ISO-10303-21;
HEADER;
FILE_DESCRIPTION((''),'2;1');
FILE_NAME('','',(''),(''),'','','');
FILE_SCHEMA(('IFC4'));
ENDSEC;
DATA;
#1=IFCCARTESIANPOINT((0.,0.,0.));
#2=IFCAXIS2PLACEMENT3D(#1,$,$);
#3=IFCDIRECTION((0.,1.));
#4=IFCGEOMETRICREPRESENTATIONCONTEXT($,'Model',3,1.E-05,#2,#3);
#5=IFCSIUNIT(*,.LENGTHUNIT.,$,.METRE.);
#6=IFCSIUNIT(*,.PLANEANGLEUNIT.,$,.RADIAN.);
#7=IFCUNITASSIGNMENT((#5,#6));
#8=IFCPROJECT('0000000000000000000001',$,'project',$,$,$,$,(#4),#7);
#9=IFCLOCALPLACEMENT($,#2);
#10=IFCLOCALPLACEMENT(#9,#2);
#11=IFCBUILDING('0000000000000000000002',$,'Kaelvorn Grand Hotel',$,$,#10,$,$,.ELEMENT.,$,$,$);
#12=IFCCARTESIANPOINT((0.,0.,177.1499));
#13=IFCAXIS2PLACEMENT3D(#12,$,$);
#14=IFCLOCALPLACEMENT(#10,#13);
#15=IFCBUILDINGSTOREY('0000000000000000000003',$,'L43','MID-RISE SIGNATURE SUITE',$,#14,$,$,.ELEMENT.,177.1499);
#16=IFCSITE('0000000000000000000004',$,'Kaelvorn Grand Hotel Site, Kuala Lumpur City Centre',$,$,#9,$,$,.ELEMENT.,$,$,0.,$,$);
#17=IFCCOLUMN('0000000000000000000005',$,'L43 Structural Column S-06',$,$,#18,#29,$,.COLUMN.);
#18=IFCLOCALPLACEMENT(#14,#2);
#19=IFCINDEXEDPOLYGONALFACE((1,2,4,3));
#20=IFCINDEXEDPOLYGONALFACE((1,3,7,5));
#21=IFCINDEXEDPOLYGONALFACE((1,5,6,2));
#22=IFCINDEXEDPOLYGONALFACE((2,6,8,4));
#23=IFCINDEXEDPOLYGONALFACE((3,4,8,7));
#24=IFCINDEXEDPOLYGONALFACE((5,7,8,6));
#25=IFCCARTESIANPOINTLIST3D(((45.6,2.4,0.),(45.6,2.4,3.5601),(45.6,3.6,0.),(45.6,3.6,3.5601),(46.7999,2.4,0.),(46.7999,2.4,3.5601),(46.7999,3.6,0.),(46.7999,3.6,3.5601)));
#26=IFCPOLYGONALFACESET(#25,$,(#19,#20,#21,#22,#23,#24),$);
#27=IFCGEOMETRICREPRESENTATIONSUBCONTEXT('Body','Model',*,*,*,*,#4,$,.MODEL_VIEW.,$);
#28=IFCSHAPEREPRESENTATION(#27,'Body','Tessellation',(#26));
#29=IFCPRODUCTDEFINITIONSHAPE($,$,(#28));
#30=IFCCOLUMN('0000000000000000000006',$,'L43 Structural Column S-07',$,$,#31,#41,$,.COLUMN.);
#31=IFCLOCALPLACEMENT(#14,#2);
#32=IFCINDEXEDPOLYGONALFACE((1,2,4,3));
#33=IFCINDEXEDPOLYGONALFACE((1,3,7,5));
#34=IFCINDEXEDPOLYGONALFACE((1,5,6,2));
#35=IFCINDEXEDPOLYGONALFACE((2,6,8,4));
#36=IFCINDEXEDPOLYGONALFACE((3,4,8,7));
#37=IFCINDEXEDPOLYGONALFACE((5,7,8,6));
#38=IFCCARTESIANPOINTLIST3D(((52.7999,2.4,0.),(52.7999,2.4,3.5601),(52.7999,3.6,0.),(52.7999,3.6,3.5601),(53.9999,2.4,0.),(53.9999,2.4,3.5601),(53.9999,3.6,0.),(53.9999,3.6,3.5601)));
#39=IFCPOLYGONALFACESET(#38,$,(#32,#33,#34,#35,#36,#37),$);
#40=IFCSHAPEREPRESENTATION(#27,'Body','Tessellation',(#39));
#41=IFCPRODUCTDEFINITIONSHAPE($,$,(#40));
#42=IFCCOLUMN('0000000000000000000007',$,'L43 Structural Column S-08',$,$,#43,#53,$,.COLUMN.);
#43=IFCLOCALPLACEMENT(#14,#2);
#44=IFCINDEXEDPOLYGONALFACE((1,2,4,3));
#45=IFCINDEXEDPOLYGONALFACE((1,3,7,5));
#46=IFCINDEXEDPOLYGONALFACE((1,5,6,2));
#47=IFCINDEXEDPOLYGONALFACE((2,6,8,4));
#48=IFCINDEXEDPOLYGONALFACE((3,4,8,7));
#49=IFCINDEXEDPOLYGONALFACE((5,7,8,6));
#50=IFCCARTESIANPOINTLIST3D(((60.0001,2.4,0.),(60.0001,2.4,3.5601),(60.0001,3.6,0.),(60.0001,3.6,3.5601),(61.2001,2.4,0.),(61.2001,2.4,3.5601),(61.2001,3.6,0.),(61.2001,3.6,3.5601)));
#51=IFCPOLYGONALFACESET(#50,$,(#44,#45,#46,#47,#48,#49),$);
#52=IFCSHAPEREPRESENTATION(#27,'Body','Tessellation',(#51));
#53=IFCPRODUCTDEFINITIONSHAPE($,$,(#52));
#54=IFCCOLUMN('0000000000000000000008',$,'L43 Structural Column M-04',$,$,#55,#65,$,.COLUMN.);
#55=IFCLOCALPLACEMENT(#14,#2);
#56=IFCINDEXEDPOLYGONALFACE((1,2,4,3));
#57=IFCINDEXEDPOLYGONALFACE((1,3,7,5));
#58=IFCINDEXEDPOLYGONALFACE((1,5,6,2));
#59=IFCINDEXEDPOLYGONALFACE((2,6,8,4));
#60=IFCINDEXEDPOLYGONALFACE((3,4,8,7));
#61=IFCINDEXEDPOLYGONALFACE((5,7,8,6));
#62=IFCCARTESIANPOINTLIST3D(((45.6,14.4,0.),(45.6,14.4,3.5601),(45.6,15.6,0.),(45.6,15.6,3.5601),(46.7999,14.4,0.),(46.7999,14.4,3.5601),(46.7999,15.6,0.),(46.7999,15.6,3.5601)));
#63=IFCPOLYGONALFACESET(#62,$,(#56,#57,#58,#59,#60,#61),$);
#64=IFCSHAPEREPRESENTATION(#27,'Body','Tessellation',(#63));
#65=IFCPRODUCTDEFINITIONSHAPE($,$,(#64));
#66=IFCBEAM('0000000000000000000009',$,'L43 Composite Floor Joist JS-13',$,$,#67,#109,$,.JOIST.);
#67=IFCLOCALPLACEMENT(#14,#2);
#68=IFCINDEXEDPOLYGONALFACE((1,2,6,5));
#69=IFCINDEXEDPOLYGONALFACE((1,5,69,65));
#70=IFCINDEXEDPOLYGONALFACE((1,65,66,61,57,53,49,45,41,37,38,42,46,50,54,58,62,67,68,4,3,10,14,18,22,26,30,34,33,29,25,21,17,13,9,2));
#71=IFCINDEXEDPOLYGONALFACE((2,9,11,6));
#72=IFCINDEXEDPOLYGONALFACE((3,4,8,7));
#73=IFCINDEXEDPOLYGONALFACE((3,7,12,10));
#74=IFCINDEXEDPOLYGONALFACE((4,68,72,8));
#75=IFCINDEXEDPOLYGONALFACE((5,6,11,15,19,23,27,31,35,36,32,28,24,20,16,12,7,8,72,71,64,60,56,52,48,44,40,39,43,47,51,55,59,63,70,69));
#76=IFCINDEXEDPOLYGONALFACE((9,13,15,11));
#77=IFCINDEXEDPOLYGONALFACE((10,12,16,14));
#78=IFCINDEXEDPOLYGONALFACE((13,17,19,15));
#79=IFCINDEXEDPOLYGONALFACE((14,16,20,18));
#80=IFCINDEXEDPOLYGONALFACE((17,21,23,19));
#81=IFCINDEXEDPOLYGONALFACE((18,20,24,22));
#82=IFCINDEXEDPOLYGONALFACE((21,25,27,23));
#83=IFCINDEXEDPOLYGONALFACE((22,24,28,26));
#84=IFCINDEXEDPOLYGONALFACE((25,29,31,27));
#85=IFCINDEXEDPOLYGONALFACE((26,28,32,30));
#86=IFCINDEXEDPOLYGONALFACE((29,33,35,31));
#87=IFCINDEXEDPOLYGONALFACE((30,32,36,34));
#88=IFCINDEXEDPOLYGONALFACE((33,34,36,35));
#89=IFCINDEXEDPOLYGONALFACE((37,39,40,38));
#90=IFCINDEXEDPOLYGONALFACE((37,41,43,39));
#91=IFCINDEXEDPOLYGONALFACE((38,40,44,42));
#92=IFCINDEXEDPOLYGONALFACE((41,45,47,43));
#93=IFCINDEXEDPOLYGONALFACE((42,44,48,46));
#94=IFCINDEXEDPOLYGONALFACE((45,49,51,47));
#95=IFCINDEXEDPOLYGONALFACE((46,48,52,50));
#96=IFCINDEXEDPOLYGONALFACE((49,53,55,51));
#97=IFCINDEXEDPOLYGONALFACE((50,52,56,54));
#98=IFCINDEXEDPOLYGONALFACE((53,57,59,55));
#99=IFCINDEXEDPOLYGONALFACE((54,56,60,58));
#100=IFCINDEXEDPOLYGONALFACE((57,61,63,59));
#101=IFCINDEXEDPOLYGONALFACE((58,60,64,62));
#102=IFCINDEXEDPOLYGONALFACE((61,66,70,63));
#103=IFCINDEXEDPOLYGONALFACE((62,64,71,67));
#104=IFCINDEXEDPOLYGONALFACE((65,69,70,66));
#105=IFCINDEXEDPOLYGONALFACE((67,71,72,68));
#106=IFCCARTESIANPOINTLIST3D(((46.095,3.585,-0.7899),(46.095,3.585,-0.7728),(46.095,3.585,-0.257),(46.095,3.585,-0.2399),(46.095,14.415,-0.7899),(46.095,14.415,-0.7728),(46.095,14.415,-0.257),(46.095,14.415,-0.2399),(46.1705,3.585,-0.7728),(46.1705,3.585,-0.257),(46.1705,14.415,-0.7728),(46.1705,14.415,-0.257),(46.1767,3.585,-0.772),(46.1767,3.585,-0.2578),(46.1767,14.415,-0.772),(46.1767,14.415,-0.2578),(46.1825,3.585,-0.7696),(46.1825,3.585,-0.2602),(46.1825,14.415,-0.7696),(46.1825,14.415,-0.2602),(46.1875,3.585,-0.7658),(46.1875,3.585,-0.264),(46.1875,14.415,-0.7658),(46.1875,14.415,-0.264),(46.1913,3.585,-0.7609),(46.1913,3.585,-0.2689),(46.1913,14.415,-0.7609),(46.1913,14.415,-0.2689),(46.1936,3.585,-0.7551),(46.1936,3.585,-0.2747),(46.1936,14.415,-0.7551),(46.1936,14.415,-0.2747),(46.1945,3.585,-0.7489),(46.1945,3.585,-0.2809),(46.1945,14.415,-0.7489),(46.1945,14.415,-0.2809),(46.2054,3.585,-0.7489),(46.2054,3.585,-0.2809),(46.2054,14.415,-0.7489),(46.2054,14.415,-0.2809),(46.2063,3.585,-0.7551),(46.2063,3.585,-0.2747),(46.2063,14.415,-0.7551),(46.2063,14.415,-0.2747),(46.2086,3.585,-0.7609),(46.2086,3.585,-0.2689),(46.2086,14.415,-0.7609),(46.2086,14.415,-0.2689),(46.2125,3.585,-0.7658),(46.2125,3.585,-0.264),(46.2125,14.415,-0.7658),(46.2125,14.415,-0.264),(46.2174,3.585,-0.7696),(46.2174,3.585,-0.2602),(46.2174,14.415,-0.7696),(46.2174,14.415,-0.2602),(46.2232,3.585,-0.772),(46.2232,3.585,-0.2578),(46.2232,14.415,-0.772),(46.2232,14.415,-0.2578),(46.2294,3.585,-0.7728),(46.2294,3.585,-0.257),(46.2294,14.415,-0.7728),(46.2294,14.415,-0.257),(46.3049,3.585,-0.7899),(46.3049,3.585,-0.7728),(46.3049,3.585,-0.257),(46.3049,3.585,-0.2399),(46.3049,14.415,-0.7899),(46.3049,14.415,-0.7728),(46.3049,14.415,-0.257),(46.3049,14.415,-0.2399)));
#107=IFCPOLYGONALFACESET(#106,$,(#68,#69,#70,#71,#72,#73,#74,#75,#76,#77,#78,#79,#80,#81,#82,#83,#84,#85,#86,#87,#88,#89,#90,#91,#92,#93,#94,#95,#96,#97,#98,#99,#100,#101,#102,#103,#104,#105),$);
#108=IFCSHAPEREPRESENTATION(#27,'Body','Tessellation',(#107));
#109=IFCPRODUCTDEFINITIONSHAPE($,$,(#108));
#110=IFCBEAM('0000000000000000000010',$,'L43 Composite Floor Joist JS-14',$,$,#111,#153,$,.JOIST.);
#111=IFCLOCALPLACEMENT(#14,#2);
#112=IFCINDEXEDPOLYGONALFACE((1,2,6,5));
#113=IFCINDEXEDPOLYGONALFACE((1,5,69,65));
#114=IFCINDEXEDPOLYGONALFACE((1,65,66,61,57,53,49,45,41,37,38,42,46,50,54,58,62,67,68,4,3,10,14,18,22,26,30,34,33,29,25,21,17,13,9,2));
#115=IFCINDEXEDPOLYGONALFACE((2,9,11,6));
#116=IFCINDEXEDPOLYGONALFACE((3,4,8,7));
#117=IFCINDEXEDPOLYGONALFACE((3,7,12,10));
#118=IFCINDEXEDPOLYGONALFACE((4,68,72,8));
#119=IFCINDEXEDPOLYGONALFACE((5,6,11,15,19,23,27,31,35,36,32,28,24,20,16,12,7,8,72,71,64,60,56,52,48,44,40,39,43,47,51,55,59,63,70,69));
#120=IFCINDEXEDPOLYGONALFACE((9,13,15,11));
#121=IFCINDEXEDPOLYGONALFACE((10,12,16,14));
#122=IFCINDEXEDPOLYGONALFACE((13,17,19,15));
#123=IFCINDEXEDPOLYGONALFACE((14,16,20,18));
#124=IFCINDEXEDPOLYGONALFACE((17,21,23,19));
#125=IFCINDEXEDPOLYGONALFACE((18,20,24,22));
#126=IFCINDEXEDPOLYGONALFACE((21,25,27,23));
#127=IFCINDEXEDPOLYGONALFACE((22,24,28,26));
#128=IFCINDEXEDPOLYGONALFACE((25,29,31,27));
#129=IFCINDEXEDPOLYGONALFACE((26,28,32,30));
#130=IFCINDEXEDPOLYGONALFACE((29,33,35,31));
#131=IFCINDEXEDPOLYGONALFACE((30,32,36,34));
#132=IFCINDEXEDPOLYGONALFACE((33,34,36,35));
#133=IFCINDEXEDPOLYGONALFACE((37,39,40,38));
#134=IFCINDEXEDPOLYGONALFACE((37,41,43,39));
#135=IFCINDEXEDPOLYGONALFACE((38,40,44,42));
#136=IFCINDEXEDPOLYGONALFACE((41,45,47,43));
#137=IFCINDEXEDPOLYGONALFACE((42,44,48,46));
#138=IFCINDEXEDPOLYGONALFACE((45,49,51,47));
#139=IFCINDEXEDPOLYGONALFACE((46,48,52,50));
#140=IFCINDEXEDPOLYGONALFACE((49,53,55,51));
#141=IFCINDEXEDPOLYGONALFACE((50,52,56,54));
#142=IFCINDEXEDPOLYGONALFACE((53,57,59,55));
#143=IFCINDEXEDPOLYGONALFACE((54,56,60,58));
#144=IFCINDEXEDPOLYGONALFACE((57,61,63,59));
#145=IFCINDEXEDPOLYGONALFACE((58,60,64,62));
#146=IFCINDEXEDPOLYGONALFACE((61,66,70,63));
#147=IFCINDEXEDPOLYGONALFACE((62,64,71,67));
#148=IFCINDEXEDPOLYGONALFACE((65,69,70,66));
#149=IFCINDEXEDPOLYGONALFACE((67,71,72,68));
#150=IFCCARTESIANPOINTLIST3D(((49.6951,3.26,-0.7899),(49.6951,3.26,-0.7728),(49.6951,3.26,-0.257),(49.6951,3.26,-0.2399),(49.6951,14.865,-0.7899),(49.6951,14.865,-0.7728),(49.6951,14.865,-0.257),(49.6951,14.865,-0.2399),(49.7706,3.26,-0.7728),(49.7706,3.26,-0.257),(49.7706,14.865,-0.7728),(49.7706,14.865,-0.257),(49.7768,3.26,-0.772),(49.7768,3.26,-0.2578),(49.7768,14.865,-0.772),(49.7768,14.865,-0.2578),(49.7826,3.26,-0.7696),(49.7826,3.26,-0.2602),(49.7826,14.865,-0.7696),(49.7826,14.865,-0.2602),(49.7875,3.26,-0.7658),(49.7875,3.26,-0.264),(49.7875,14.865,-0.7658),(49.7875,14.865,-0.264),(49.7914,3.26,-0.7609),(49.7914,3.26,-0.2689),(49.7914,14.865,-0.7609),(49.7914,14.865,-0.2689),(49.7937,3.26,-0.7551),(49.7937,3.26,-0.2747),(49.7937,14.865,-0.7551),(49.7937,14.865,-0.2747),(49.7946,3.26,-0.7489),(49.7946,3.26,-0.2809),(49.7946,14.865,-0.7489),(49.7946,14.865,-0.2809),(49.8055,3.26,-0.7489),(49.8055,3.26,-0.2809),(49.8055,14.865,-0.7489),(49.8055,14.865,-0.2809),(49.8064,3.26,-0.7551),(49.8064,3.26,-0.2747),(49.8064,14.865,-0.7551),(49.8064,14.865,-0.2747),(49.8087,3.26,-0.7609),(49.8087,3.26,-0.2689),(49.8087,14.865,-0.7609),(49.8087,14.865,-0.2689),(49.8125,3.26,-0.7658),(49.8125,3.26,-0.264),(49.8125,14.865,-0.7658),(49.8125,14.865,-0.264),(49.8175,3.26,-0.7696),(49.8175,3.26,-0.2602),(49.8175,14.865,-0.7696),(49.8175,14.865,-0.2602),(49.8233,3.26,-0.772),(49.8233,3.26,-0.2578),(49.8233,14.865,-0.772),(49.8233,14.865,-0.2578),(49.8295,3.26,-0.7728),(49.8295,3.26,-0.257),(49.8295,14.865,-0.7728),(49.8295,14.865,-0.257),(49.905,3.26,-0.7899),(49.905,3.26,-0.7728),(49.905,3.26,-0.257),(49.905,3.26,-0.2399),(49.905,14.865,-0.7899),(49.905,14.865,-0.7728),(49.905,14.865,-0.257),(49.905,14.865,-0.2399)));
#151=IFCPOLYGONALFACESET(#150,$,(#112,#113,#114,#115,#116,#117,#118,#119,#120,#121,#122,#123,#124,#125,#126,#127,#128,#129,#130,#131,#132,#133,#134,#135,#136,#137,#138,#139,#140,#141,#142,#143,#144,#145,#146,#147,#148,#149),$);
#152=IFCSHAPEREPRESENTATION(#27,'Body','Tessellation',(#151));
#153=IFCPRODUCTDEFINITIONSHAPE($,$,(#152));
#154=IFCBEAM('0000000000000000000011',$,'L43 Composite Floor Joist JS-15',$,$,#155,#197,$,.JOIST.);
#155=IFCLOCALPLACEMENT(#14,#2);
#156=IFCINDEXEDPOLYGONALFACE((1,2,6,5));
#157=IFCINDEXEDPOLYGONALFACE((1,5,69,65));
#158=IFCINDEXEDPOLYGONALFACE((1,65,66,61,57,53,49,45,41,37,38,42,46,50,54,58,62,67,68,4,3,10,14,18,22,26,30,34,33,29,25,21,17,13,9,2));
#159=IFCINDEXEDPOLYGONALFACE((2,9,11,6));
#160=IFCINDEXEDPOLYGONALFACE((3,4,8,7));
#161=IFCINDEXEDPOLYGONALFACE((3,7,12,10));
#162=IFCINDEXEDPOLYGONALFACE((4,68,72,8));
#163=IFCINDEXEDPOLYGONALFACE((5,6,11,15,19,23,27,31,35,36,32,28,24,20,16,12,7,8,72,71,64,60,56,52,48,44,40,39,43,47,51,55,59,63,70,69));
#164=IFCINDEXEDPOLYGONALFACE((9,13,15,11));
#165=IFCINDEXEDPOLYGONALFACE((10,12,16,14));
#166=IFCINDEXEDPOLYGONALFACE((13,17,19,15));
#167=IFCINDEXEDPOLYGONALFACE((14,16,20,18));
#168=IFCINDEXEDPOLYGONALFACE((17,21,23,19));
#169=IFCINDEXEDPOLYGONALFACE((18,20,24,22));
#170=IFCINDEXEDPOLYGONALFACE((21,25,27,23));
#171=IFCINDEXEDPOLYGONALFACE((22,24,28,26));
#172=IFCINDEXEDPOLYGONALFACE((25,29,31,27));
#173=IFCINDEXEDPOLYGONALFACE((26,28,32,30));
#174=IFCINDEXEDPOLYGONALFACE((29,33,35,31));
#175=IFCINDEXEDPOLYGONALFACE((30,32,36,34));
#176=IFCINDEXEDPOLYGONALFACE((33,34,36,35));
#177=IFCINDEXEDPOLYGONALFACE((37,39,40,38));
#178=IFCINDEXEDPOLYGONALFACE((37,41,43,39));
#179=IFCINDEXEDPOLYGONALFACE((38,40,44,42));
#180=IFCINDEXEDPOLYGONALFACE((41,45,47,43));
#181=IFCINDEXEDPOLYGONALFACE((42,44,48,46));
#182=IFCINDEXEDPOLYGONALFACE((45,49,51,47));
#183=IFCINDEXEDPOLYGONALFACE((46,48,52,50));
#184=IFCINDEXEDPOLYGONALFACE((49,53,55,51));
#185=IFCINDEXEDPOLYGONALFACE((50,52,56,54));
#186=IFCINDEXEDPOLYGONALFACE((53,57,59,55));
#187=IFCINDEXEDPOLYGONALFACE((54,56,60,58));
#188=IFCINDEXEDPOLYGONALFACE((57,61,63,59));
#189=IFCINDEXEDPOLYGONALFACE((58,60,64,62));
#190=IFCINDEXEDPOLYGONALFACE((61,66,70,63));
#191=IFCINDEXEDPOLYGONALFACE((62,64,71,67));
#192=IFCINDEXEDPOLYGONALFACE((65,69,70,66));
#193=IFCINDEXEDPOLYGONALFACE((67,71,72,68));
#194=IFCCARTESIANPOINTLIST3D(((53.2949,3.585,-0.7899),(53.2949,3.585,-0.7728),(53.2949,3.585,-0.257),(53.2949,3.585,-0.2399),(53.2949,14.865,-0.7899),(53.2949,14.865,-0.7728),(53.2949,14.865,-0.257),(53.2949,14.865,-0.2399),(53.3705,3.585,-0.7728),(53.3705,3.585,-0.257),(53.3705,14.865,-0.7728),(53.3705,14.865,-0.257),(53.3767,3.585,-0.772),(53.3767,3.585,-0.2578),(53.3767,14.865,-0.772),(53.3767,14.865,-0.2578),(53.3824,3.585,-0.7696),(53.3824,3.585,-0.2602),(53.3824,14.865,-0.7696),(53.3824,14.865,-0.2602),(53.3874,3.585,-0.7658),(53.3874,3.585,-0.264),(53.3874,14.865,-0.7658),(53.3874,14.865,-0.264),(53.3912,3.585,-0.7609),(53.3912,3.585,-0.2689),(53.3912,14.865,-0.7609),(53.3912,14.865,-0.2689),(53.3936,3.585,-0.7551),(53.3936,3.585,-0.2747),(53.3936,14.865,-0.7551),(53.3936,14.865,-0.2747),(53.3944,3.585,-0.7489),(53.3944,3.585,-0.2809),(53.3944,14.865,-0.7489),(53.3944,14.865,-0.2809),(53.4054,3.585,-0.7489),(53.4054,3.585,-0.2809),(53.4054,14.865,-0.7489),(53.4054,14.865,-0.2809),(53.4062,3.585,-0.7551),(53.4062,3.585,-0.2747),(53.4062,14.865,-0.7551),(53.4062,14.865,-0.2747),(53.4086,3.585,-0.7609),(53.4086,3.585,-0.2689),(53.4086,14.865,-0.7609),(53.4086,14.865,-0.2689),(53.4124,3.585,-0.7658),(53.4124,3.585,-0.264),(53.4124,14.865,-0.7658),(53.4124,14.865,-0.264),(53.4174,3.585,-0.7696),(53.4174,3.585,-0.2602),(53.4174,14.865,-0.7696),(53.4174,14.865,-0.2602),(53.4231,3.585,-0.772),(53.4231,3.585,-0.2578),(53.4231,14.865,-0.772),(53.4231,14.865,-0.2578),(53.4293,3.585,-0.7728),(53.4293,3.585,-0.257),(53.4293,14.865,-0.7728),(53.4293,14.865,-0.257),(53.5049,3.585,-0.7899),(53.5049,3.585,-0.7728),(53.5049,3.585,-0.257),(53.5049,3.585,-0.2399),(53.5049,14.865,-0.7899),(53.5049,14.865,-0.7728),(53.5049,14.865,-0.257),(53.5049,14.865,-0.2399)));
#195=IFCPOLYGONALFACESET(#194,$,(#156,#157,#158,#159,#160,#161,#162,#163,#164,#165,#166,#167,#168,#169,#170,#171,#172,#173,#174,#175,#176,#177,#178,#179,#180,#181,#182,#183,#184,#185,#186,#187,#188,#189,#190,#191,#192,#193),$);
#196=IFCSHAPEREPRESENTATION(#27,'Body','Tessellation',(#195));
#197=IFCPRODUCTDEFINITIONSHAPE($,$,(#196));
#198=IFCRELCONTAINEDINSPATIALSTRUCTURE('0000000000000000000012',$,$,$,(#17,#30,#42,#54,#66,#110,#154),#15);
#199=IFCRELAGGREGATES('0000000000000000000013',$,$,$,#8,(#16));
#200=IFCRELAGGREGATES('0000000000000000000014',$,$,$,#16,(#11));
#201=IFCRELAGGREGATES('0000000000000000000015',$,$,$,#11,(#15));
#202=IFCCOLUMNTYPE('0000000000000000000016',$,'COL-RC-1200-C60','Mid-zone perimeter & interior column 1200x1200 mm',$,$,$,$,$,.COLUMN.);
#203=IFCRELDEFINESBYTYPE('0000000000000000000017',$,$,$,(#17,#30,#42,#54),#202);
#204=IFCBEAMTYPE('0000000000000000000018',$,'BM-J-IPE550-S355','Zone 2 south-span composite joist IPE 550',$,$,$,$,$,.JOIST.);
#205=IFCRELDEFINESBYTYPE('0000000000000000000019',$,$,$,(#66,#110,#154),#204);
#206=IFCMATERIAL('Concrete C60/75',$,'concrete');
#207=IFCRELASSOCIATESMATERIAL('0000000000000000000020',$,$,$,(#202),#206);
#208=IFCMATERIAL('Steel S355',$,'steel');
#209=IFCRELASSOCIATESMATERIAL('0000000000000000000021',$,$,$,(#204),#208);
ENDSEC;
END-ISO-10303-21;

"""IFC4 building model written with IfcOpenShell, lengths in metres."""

from ifc_helpers import new_model, si_unit, direction, frame, origin, origin_2d, place, context, subcontext, project, spatial, rectangle, i_section, extrude, material, material_profile, profile_set, type_object, element, save


model = new_model("IFC4")

# Units and contexts
model_context = context("Model", 3, precision=1e-05, world=origin(), true_north=direction((0.0, 1.0)))
body_context = subcontext(model_context, "Body", "Model", "MODEL_VIEW")
ifc_project = project(units=[si_unit("LENGTHUNIT", "METRE"), si_unit("PLANEANGLEUNIT", "RADIAN")], contexts=[model_context])

# Site, building, storey
site_placement = place(None, origin())
site = spatial("IfcSite", under=ifc_project, at=site_placement, Name="Kaelvorn Grand Hotel Site, Kuala Lumpur City Centre", CompositionType="ELEMENT", RefElevation=0.0)
building_placement = place(site_placement, origin())
building = spatial("IfcBuilding", under=site, at=building_placement, Name="Kaelvorn Grand Hotel", CompositionType="ELEMENT")
storey_placement = place(building_placement, frame((0.0, 0.0, 177.1499)))
storey = spatial("IfcBuildingStorey", under=building, at=storey_placement, Name="L43", Description="MID-RISE SIGNATURE SUITE", CompositionType="ELEMENT", Elevation=177.1499)

# Columns
ifc_material_1 = material(Name="Concrete C60/75", Category="concrete")
ifc_material_profile_1 = material_profile(ifc_material_1, rectangle(XDim=1.2, YDim=1.2, at=origin_2d()), Name="RC COL 1200x1200")
ifc_profile_set_1 = profile_set([ifc_material_profile_1], Name="Concrete C60/75")
column_type = type_object("IfcColumnType", Name="COL-RC-1200-C60", Description="Mid-zone perimeter & interior column 1200x1200 mm", PredefinedType="COLUMN", material=ifc_profile_set_1)
for number, where, z_axis, x_axis, name in (
    (1, (46.2, 3.0, 0.0), (0.0, 0.0, 1.0), (1.0, 0.0, 0.0), "L43 Structural Column S-06"),
    (2, (53.3999, 3.0, 0.0), (0.0, 0.0, 1.0), (1.0, 0.0, 0.0), "L43 Structural Column S-07"),
    (3, (60.6001, 3.0, 0.0), (0.0, 0.0, 1.0), (1.0, 0.0, 0.0), "L43 Structural Column S-08"),
    (4, (46.2, 15.0, 0.0), (0.0, 0.0, 1.0), (1.0, 0.0, 0.0), "L43 Structural Column M-04"),
):
    element("IfcColumn", number, at=place(storey_placement, frame(where, z_axis=z_axis, x_axis=x_axis)), inside=storey, type_object=column_type, Name=name, PredefinedType="COLUMN", context=body_context, shape_type="SweptSolid", body=[
        extrude(rectangle(XDim=1.2, YDim=1.2, at=origin_2d()), origin(), (0.0, 0.0, 1.0), 3.5601),
    ])

# Beams
ifc_material_2 = material(Name="Steel S355", Category="steel")
ifc_material_profile_2 = material_profile(ifc_material_2, i_section(OverallWidth=0.21, OverallDepth=0.55, WebThickness=0.011, FlangeThickness=0.0171, FilletRadius=0.0239, at=origin_2d()), Name="IPE 550")
ifc_profile_set_2 = profile_set([ifc_material_profile_2], Name="Steel S355")
beam_type_1 = type_object("IfcBeamType", Name="BM-J-IPE550-S355", Description="Zone 2 south-span composite joist IPE 550", PredefinedType="JOIST", material=ifc_profile_set_2)
beam_1_placement = place(storey_placement, frame((46.2, 3.585, -0.5149), z_axis=(0.0, 1.0, 0.0), x_axis=(-1.0, 0.0, 0.0)))
element("IfcBeam", 5, at=beam_1_placement, inside=storey, type_object=beam_type_1, Name="L43 Composite Floor Joist JS-13", PredefinedType="JOIST", context=body_context, shape_type="SweptSolid", body=[
    extrude(i_section(OverallWidth=0.21, OverallDepth=0.55, WebThickness=0.011, FlangeThickness=0.0171, FilletRadius=0.0239, at=origin_2d()), origin(), (0.0, 0.0, 1.0), 10.8301),
])
beam_2_placement = place(storey_placement, frame((49.8, 3.26, -0.5149), z_axis=(0.0, 1.0, 0.0), x_axis=(-1.0, 0.0, 0.0)))
element("IfcBeam", 6, at=beam_2_placement, inside=storey, type_object=beam_type_1, Name="L43 Composite Floor Joist JS-14", PredefinedType="JOIST", context=body_context, shape_type="SweptSolid", body=[
    extrude(i_section(OverallWidth=0.21, OverallDepth=0.55, WebThickness=0.011, FlangeThickness=0.0171, FilletRadius=0.0239, at=origin_2d()), origin(), (0.0, 0.0, 1.0), 11.605),
])
beam_3_placement = place(storey_placement, frame((53.3999, 3.585, -0.5149), z_axis=(0.0, 1.0, 0.0), x_axis=(-1.0, 0.0, 0.0)))
element("IfcBeam", 7, at=beam_3_placement, inside=storey, type_object=beam_type_1, Name="L43 Composite Floor Joist JS-15", PredefinedType="JOIST", context=body_context, shape_type="SweptSolid", body=[
    extrude(i_section(OverallWidth=0.21, OverallDepth=0.55, WebThickness=0.011, FlangeThickness=0.0171, FilletRadius=0.0239, at=origin_2d()), origin(), (0.0, 0.0, 1.0), 11.28),
])

save(model, "model.ifc")
